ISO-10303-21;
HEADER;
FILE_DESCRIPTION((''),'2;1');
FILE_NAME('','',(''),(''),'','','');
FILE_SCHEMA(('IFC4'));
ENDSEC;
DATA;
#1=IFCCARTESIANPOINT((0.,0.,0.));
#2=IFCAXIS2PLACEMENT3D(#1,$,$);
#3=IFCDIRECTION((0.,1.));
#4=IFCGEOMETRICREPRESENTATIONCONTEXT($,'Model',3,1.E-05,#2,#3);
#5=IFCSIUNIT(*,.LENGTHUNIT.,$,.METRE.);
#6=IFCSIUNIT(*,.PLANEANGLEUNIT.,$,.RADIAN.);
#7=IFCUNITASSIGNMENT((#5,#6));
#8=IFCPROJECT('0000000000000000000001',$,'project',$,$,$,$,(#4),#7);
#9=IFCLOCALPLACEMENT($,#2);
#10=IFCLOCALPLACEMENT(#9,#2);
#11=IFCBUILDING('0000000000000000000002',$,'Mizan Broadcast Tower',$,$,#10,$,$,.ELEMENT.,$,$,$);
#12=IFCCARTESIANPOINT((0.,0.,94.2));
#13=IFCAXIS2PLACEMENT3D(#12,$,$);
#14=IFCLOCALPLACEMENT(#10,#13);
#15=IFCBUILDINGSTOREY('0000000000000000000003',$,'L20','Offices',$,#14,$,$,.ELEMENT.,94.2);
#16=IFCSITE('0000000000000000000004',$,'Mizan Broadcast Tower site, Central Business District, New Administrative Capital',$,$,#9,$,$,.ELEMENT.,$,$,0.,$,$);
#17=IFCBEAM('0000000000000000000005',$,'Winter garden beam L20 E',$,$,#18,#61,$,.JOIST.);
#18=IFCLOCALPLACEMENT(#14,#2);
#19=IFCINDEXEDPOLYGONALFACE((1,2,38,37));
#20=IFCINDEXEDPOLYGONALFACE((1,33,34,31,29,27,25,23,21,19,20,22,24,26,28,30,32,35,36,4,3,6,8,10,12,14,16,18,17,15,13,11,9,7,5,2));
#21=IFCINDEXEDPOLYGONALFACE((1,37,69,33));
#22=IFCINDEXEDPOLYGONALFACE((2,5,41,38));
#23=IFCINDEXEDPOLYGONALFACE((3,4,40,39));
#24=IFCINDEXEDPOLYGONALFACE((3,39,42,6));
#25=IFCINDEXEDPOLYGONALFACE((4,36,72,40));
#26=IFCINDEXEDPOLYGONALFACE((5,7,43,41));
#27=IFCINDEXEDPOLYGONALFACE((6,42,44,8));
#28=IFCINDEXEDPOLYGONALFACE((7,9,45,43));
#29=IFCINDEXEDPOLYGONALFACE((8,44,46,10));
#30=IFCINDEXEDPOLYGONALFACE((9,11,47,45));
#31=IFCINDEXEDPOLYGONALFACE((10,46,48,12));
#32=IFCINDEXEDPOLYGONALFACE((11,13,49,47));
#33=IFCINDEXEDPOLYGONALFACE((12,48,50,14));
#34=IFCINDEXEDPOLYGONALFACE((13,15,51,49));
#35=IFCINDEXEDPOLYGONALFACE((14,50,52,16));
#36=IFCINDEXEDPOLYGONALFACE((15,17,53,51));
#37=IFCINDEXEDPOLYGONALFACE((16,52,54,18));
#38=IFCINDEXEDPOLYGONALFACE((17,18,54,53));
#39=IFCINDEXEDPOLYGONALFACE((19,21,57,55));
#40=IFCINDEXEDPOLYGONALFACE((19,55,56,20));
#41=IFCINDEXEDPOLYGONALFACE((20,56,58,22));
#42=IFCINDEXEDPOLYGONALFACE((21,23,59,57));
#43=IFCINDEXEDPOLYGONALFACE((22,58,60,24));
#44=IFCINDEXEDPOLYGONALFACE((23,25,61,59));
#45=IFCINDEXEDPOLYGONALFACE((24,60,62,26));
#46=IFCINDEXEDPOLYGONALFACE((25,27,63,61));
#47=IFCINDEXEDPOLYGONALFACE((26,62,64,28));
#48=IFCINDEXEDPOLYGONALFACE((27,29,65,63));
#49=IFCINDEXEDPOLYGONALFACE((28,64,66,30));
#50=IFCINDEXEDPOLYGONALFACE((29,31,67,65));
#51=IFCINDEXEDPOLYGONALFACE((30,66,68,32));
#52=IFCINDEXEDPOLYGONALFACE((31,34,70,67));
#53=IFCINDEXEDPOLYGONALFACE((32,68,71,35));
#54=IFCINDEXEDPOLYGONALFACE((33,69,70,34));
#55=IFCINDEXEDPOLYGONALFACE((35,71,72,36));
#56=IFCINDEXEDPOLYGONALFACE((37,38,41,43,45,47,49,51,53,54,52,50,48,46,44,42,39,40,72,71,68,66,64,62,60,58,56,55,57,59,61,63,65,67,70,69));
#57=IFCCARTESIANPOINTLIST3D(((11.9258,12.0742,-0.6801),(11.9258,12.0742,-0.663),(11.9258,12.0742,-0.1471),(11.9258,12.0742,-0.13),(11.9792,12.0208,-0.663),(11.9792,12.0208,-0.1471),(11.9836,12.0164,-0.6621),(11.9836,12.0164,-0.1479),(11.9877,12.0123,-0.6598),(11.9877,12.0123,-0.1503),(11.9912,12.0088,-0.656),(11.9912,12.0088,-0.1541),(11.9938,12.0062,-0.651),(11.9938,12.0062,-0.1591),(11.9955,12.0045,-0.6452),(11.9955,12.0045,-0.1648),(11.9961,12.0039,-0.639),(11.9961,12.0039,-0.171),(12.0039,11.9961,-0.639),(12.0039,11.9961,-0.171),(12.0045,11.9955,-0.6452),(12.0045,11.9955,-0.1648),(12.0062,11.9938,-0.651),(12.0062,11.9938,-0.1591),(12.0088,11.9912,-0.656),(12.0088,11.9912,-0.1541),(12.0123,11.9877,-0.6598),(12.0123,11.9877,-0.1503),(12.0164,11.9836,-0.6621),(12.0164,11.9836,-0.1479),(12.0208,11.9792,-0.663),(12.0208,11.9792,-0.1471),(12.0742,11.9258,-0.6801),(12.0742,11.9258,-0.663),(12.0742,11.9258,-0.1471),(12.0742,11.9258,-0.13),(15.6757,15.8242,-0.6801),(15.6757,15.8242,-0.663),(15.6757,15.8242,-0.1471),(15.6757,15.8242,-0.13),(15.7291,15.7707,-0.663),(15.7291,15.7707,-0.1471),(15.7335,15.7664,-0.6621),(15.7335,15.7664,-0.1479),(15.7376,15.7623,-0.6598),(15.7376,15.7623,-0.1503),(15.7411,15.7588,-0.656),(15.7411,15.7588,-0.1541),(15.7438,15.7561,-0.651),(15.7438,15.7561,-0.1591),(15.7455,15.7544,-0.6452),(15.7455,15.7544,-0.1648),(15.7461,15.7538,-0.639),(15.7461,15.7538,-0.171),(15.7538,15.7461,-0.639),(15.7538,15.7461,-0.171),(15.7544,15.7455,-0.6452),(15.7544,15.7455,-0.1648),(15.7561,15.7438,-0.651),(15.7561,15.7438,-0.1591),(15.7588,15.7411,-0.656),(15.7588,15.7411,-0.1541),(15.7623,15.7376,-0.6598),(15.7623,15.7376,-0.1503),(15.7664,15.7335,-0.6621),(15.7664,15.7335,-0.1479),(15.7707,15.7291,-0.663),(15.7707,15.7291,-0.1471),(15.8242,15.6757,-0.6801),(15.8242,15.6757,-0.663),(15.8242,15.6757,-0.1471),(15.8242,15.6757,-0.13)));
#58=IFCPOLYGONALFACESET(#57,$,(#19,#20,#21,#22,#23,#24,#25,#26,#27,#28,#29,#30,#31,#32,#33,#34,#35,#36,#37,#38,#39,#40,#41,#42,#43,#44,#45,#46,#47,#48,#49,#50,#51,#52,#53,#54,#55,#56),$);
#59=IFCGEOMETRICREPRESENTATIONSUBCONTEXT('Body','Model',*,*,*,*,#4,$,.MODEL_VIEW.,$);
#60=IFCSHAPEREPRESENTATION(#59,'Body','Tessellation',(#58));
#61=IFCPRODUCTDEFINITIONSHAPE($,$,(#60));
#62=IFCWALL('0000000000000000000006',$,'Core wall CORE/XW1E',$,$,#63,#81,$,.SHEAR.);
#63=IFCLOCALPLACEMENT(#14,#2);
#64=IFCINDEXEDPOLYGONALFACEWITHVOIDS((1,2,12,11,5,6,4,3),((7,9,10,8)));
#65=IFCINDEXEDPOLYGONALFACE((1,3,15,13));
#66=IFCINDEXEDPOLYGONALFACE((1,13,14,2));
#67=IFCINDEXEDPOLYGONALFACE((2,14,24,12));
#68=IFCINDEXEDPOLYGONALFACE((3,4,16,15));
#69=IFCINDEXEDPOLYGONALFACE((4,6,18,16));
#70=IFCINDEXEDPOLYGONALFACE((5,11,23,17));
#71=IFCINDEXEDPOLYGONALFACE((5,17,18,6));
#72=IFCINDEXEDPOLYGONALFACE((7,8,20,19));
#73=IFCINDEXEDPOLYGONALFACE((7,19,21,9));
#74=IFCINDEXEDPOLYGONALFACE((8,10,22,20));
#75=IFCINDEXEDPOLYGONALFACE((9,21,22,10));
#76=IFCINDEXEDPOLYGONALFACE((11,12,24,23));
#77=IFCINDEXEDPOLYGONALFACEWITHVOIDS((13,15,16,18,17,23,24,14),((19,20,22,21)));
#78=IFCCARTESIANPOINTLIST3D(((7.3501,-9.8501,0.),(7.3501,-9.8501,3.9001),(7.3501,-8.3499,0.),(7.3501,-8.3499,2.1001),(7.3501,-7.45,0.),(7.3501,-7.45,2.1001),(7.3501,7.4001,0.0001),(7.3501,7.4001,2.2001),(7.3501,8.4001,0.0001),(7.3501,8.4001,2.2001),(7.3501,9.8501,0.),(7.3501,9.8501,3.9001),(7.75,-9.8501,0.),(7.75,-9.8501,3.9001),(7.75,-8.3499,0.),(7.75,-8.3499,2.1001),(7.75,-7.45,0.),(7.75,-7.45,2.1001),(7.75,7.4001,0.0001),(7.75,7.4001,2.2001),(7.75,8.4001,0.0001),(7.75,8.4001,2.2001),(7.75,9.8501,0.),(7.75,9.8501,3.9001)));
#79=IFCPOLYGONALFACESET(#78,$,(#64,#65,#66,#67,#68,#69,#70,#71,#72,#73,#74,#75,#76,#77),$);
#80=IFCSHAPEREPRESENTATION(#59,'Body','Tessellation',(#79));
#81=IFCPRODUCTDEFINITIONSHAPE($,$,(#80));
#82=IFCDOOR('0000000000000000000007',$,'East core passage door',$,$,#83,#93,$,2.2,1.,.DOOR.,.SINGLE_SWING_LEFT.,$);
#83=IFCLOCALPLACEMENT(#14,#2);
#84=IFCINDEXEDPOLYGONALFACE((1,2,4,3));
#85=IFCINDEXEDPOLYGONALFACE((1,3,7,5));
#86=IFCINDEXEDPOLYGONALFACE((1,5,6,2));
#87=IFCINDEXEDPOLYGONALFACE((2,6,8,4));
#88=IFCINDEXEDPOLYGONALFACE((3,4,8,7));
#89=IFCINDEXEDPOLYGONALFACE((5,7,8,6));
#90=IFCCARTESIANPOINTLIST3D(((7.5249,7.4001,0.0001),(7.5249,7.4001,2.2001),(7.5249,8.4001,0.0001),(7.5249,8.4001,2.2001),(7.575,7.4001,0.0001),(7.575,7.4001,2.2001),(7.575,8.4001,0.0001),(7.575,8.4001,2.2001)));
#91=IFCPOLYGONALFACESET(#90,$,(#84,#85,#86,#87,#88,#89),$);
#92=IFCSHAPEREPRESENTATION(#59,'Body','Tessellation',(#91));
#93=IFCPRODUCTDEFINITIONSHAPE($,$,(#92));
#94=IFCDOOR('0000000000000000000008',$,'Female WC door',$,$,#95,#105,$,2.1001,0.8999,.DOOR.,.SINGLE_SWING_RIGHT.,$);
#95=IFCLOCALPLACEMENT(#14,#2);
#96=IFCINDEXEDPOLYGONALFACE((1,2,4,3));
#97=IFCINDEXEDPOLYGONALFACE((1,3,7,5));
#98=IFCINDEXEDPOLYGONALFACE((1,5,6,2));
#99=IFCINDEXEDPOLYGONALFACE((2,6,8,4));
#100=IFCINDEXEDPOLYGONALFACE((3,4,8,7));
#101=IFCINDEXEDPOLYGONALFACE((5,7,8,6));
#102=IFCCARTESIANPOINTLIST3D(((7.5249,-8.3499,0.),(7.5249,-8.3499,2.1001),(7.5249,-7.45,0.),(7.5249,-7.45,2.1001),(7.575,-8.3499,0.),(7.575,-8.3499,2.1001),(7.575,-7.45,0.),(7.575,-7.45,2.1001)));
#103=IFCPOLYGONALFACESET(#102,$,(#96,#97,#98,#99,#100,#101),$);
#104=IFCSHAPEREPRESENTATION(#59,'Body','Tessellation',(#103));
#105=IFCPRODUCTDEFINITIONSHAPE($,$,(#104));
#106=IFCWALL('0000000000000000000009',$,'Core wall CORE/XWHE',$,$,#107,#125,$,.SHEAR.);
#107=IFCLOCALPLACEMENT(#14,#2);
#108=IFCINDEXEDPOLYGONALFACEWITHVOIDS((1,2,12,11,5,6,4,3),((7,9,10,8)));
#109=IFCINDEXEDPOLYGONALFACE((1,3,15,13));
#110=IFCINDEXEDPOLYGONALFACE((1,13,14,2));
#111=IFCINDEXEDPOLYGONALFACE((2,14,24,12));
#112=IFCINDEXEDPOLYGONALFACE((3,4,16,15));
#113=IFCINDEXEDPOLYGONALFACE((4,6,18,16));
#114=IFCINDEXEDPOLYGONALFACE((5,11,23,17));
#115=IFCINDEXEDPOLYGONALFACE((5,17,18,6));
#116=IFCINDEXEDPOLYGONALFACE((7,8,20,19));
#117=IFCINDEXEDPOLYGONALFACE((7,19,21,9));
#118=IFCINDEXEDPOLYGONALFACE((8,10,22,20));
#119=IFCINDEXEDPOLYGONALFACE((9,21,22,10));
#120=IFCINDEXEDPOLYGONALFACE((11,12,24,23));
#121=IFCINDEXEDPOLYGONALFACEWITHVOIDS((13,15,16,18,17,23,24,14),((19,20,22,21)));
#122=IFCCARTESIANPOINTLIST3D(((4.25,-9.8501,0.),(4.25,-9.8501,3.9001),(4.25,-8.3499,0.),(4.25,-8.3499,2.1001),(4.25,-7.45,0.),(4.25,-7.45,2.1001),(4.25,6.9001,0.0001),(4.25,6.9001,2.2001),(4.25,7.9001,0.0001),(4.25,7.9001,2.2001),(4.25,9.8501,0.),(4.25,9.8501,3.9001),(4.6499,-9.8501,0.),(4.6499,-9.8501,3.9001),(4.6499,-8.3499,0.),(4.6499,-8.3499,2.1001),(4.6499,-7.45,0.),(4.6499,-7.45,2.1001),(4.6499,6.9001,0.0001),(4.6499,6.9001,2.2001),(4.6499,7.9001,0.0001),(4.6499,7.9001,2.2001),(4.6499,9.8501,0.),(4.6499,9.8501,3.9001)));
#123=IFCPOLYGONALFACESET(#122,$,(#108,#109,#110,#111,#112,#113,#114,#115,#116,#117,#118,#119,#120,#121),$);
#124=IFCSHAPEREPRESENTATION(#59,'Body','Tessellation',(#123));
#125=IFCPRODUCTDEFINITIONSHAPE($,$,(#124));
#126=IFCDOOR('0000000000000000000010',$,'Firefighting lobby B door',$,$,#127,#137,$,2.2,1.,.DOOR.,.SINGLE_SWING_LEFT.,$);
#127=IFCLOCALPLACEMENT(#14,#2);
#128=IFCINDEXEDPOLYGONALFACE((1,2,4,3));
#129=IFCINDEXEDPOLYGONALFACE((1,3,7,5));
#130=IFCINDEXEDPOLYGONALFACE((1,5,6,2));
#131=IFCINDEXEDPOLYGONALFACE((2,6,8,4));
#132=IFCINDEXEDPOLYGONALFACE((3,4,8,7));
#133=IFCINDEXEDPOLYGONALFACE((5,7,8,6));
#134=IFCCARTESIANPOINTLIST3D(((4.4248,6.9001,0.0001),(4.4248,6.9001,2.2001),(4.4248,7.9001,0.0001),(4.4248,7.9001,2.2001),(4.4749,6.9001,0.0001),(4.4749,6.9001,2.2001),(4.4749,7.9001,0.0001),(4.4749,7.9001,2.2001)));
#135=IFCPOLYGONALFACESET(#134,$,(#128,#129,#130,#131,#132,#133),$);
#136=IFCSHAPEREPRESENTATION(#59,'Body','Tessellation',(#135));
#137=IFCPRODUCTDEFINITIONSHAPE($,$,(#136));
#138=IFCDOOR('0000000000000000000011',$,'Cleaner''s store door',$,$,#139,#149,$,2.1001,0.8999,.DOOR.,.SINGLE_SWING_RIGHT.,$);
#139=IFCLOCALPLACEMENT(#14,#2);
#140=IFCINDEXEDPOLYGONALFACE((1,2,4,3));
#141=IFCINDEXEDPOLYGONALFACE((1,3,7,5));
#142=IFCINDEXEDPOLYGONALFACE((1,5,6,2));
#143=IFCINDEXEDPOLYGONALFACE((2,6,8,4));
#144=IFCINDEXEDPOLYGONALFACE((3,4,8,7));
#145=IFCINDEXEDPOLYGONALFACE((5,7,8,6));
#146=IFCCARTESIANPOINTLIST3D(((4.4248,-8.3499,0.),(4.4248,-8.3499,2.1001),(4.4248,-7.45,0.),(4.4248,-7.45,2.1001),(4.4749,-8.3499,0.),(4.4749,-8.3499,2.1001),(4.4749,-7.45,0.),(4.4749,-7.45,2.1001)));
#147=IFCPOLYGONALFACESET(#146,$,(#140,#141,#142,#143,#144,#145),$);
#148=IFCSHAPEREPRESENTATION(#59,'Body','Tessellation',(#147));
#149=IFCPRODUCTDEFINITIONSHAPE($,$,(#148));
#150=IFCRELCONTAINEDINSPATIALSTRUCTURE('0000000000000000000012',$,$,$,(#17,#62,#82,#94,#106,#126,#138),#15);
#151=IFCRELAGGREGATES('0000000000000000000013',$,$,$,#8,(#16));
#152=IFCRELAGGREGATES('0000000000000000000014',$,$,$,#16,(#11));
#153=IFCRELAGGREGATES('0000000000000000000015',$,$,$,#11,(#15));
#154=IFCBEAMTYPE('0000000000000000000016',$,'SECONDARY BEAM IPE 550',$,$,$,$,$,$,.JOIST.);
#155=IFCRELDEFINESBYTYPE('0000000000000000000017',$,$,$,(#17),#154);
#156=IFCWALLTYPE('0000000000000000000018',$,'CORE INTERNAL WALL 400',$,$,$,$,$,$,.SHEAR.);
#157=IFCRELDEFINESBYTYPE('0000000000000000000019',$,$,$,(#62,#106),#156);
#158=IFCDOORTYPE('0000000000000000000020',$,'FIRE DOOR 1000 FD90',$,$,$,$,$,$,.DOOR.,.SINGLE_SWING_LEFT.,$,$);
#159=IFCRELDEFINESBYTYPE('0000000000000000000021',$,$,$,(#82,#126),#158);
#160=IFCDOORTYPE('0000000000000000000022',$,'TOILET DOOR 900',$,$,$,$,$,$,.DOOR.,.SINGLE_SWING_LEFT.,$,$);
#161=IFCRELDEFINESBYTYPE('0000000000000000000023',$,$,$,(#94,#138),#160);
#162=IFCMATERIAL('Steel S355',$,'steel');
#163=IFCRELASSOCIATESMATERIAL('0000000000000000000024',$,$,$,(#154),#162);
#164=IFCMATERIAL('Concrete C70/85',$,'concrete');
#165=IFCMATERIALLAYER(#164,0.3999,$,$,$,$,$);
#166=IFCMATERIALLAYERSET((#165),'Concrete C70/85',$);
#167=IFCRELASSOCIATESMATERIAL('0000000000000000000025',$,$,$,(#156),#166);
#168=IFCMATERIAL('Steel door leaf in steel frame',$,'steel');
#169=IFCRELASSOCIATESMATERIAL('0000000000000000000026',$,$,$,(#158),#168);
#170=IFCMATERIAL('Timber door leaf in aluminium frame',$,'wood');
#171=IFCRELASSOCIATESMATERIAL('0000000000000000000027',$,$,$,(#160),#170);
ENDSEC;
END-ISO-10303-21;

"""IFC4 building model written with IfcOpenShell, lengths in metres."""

from ifc_helpers import new_model, si_unit, direction, frame, frame_2d, origin, origin_2d, place, context, subcontext, project, spatial, rectangle, i_section, extrude, material, layer, layer_set, material_profile, profile_set, type_object, element, fill, save


model = new_model("IFC4")

# Units and contexts
model_context = context("Model", 3, precision=1e-05, world=origin(), true_north=direction((0.0, 1.0)))
body_context = subcontext(model_context, "Body", "Model", "MODEL_VIEW")
ifc_project = project(units=[si_unit("LENGTHUNIT", "METRE"), si_unit("PLANEANGLEUNIT", "RADIAN")], contexts=[model_context])

# Site, building, storey
site_placement = place(None, origin())
site = spatial("IfcSite", under=ifc_project, at=site_placement, Name="Mizan Broadcast Tower site, Central Business District, New Administrative Capital", CompositionType="ELEMENT", RefElevation=0.0)
building_placement = place(site_placement, origin())
building = spatial("IfcBuilding", under=site, at=building_placement, Name="Mizan Broadcast Tower", CompositionType="ELEMENT")
storey_placement = place(building_placement, frame((0.0, 0.0, 94.2)))
storey = spatial("IfcBuildingStorey", under=building, at=storey_placement, Name="L20", Description="Offices", CompositionType="ELEMENT", Elevation=94.2)

# Beam
ifc_material_1 = material(Name="Steel S355", Category="steel")
ifc_material_profile_1 = material_profile(ifc_material_1, i_section(OverallWidth=0.21, OverallDepth=0.55, WebThickness=0.011, FlangeThickness=0.0171, FilletRadius=0.0239, at=origin_2d()), Name="IPE 550")
ifc_profile_set_1 = profile_set([ifc_material_profile_1], Name="Steel S355")
beam_type_1 = type_object("IfcBeamType", Name="SECONDARY BEAM IPE 550", PredefinedType="JOIST", material=ifc_profile_set_1)
beam_1_placement = place(storey_placement, frame((12.0, 12.0, -0.405), z_axis=(0.707107, 0.707107, 0.0), x_axis=(-0.707107, 0.707107, 0.0)))
element("IfcBeam", 1, at=beam_1_placement, inside=storey, type_object=beam_type_1, Name="Winter garden beam L20 E", PredefinedType="JOIST", context=body_context, shape_type="SweptSolid", body=[
    extrude(i_section(OverallWidth=0.21, OverallDepth=0.55, WebThickness=0.011, FlangeThickness=0.0171, FilletRadius=0.0239, at=origin_2d()), origin(), (0.0, 0.0, 1.0), 5.3032),
])

# Walls, openings, doors
ifc_material_2 = material(Name="Concrete C70/85", Category="concrete")
ifc_layer_1 = layer(ifc_material_2, 0.3999)
ifc_layer_set_1 = layer_set([ifc_layer_1], Name="Concrete C70/85")
wall_type_1 = type_object("IfcWallType", Name="CORE INTERNAL WALL 400", PredefinedType="SHEAR", material=ifc_layer_set_1)
wall_1_placement = place(storey_placement, frame((7.55, 9.8501, 0.0), z_axis=(0.0, 0.0, 1.0), x_axis=(0.0, -1.0, 0.0)))
wall_1 = element("IfcWall", 2, at=wall_1_placement, inside=storey, type_object=wall_type_1, Name="Core wall CORE/XW1E", PredefinedType="SHEAR", context=body_context, shape_type="SweptSolid", body=[
    extrude(rectangle(XDim=19.7002, YDim=0.3999, at=frame_2d((9.8501, 0.0))), origin(), (0.0, 0.0, 1.0), 3.9001),
])
opening_1_placement = place(wall_1_placement, frame((1.45, 0.0, 0.0)))
opening_1 = element("IfcOpeningElement", 3, at=opening_1_placement, cuts=wall_1, PredefinedType="OPENING", context=body_context, shape_type="SweptSolid", body=[
    extrude(rectangle(XDim=1.0, YDim=2.2, at=frame_2d((0.5, 1.1001))), frame((0.0, 0.21, 0.0), z_axis=(0.0, -1.0, 0.0), x_axis=(1.0, 0.0, 0.0)), (0.0, 0.0, 1.0), 0.4199),
])
opening_2_placement = place(wall_1_placement, frame((17.3, 0.0, 0.0)))
opening_2 = element("IfcOpeningElement", 4, at=opening_2_placement, cuts=wall_1, PredefinedType="OPENING", context=body_context, shape_type="SweptSolid", body=[
    extrude(rectangle(XDim=0.8999, YDim=2.1001, at=frame_2d((0.45, 1.05))), frame((0.0, 0.21, 0.0), z_axis=(0.0, -1.0, 0.0), x_axis=(1.0, 0.0, 0.0)), (0.0, 0.0, 1.0), 0.4199),
])
ifc_material_3 = material(Name="Steel door leaf in steel frame", Category="steel")
door_type_1 = type_object("IfcDoorType", Name="FIRE DOOR 1000 FD90", OperationType="SINGLE_SWING_LEFT", PredefinedType="DOOR", material=ifc_material_3)
door_1_placement = place(opening_1_placement, origin())
door_1 = element("IfcDoor", 5, at=door_1_placement, inside=storey, type_object=door_type_1, Name="East core passage door", OperationType="SINGLE_SWING_LEFT", OverallHeight=2.2, OverallWidth=1.0, PredefinedType="DOOR", context=body_context, shape_type="SweptSolid", body=[
    extrude(rectangle(XDim=1.0, YDim=2.2, at=frame_2d((0.5, 1.1001))), frame((0.0, 0.0249, 0.0), z_axis=(0.0, -1.0, 0.0), x_axis=(1.0, 0.0, 0.0)), (0.0, 0.0, 1.0), 0.05),
])
fill(opening_1, door_1)
ifc_material_4 = material(Name="Timber door leaf in aluminium frame", Category="wood")
door_type_2 = type_object("IfcDoorType", Name="TOILET DOOR 900", OperationType="SINGLE_SWING_LEFT", PredefinedType="DOOR", material=ifc_material_4)
door_2_placement = place(opening_2_placement, origin())
door_2 = element("IfcDoor", 6, at=door_2_placement, inside=storey, type_object=door_type_2, Name="Female WC door", OperationType="SINGLE_SWING_RIGHT", OverallHeight=2.1001, OverallWidth=0.8999, PredefinedType="DOOR", context=body_context, shape_type="SweptSolid", body=[
    extrude(rectangle(XDim=0.8999, YDim=2.1001, at=frame_2d((0.45, 1.05))), frame((0.0, 0.0249, 0.0), z_axis=(0.0, -1.0, 0.0), x_axis=(1.0, 0.0, 0.0)), (0.0, 0.0, 1.0), 0.05),
])
fill(opening_2, door_2)
wall_2_placement = place(storey_placement, frame((4.45, 9.8501, 0.0), z_axis=(0.0, 0.0, 1.0), x_axis=(0.0, -1.0, 0.0)))
wall_2 = element("IfcWall", 7, at=wall_2_placement, inside=storey, type_object=wall_type_1, Name="Core wall CORE/XWHE", PredefinedType="SHEAR", context=body_context, shape_type="SweptSolid", body=[
    extrude(rectangle(XDim=19.7002, YDim=0.3999, at=frame_2d((9.8501, 0.0))), origin(), (0.0, 0.0, 1.0), 3.9001),
])
opening_3_placement = place(wall_2_placement, frame((1.95, 0.0, 0.0)))
opening_3 = element("IfcOpeningElement", 8, at=opening_3_placement, cuts=wall_2, PredefinedType="OPENING", context=body_context, shape_type="SweptSolid", body=[
    extrude(rectangle(XDim=1.0, YDim=2.2, at=frame_2d((0.5, 1.1001))), frame((0.0, 0.21, 0.0), z_axis=(0.0, -1.0, 0.0), x_axis=(1.0, 0.0, 0.0)), (0.0, 0.0, 1.0), 0.4199),
])
opening_4_placement = place(wall_2_placement, frame((17.3, 0.0, 0.0)))
opening_4 = element("IfcOpeningElement", 9, at=opening_4_placement, cuts=wall_2, PredefinedType="OPENING", context=body_context, shape_type="SweptSolid", body=[
    extrude(rectangle(XDim=0.8999, YDim=2.1001, at=frame_2d((0.45, 1.05))), frame((0.0, 0.21, 0.0), z_axis=(0.0, -1.0, 0.0), x_axis=(1.0, 0.0, 0.0)), (0.0, 0.0, 1.0), 0.4199),
])
door_3_placement = place(opening_3_placement, origin())
door_3 = element("IfcDoor", 10, at=door_3_placement, inside=storey, type_object=door_type_1, Name="Firefighting lobby B door", OperationType="SINGLE_SWING_LEFT", OverallHeight=2.2, OverallWidth=1.0, PredefinedType="DOOR", context=body_context, shape_type="SweptSolid", body=[
    extrude(rectangle(XDim=1.0, YDim=2.2, at=frame_2d((0.5, 1.1001))), frame((0.0, 0.0249, 0.0), z_axis=(0.0, -1.0, 0.0), x_axis=(1.0, 0.0, 0.0)), (0.0, 0.0, 1.0), 0.05),
])
fill(opening_3, door_3)
door_4_placement = place(opening_4_placement, origin())
door_4 = element("IfcDoor", 11, at=door_4_placement, inside=storey, type_object=door_type_2, Name="Cleaner's store door", OperationType="SINGLE_SWING_RIGHT", OverallHeight=2.1001, OverallWidth=0.8999, PredefinedType="DOOR", context=body_context, shape_type="SweptSolid", body=[
    extrude(rectangle(XDim=0.8999, YDim=2.1001, at=frame_2d((0.45, 1.05))), frame((0.0, 0.0249, 0.0), z_axis=(0.0, -1.0, 0.0), x_axis=(1.0, 0.0, 0.0)), (0.0, 0.0, 1.0), 0.05),
])
fill(opening_4, door_4)

save(model, "model.ifc")
